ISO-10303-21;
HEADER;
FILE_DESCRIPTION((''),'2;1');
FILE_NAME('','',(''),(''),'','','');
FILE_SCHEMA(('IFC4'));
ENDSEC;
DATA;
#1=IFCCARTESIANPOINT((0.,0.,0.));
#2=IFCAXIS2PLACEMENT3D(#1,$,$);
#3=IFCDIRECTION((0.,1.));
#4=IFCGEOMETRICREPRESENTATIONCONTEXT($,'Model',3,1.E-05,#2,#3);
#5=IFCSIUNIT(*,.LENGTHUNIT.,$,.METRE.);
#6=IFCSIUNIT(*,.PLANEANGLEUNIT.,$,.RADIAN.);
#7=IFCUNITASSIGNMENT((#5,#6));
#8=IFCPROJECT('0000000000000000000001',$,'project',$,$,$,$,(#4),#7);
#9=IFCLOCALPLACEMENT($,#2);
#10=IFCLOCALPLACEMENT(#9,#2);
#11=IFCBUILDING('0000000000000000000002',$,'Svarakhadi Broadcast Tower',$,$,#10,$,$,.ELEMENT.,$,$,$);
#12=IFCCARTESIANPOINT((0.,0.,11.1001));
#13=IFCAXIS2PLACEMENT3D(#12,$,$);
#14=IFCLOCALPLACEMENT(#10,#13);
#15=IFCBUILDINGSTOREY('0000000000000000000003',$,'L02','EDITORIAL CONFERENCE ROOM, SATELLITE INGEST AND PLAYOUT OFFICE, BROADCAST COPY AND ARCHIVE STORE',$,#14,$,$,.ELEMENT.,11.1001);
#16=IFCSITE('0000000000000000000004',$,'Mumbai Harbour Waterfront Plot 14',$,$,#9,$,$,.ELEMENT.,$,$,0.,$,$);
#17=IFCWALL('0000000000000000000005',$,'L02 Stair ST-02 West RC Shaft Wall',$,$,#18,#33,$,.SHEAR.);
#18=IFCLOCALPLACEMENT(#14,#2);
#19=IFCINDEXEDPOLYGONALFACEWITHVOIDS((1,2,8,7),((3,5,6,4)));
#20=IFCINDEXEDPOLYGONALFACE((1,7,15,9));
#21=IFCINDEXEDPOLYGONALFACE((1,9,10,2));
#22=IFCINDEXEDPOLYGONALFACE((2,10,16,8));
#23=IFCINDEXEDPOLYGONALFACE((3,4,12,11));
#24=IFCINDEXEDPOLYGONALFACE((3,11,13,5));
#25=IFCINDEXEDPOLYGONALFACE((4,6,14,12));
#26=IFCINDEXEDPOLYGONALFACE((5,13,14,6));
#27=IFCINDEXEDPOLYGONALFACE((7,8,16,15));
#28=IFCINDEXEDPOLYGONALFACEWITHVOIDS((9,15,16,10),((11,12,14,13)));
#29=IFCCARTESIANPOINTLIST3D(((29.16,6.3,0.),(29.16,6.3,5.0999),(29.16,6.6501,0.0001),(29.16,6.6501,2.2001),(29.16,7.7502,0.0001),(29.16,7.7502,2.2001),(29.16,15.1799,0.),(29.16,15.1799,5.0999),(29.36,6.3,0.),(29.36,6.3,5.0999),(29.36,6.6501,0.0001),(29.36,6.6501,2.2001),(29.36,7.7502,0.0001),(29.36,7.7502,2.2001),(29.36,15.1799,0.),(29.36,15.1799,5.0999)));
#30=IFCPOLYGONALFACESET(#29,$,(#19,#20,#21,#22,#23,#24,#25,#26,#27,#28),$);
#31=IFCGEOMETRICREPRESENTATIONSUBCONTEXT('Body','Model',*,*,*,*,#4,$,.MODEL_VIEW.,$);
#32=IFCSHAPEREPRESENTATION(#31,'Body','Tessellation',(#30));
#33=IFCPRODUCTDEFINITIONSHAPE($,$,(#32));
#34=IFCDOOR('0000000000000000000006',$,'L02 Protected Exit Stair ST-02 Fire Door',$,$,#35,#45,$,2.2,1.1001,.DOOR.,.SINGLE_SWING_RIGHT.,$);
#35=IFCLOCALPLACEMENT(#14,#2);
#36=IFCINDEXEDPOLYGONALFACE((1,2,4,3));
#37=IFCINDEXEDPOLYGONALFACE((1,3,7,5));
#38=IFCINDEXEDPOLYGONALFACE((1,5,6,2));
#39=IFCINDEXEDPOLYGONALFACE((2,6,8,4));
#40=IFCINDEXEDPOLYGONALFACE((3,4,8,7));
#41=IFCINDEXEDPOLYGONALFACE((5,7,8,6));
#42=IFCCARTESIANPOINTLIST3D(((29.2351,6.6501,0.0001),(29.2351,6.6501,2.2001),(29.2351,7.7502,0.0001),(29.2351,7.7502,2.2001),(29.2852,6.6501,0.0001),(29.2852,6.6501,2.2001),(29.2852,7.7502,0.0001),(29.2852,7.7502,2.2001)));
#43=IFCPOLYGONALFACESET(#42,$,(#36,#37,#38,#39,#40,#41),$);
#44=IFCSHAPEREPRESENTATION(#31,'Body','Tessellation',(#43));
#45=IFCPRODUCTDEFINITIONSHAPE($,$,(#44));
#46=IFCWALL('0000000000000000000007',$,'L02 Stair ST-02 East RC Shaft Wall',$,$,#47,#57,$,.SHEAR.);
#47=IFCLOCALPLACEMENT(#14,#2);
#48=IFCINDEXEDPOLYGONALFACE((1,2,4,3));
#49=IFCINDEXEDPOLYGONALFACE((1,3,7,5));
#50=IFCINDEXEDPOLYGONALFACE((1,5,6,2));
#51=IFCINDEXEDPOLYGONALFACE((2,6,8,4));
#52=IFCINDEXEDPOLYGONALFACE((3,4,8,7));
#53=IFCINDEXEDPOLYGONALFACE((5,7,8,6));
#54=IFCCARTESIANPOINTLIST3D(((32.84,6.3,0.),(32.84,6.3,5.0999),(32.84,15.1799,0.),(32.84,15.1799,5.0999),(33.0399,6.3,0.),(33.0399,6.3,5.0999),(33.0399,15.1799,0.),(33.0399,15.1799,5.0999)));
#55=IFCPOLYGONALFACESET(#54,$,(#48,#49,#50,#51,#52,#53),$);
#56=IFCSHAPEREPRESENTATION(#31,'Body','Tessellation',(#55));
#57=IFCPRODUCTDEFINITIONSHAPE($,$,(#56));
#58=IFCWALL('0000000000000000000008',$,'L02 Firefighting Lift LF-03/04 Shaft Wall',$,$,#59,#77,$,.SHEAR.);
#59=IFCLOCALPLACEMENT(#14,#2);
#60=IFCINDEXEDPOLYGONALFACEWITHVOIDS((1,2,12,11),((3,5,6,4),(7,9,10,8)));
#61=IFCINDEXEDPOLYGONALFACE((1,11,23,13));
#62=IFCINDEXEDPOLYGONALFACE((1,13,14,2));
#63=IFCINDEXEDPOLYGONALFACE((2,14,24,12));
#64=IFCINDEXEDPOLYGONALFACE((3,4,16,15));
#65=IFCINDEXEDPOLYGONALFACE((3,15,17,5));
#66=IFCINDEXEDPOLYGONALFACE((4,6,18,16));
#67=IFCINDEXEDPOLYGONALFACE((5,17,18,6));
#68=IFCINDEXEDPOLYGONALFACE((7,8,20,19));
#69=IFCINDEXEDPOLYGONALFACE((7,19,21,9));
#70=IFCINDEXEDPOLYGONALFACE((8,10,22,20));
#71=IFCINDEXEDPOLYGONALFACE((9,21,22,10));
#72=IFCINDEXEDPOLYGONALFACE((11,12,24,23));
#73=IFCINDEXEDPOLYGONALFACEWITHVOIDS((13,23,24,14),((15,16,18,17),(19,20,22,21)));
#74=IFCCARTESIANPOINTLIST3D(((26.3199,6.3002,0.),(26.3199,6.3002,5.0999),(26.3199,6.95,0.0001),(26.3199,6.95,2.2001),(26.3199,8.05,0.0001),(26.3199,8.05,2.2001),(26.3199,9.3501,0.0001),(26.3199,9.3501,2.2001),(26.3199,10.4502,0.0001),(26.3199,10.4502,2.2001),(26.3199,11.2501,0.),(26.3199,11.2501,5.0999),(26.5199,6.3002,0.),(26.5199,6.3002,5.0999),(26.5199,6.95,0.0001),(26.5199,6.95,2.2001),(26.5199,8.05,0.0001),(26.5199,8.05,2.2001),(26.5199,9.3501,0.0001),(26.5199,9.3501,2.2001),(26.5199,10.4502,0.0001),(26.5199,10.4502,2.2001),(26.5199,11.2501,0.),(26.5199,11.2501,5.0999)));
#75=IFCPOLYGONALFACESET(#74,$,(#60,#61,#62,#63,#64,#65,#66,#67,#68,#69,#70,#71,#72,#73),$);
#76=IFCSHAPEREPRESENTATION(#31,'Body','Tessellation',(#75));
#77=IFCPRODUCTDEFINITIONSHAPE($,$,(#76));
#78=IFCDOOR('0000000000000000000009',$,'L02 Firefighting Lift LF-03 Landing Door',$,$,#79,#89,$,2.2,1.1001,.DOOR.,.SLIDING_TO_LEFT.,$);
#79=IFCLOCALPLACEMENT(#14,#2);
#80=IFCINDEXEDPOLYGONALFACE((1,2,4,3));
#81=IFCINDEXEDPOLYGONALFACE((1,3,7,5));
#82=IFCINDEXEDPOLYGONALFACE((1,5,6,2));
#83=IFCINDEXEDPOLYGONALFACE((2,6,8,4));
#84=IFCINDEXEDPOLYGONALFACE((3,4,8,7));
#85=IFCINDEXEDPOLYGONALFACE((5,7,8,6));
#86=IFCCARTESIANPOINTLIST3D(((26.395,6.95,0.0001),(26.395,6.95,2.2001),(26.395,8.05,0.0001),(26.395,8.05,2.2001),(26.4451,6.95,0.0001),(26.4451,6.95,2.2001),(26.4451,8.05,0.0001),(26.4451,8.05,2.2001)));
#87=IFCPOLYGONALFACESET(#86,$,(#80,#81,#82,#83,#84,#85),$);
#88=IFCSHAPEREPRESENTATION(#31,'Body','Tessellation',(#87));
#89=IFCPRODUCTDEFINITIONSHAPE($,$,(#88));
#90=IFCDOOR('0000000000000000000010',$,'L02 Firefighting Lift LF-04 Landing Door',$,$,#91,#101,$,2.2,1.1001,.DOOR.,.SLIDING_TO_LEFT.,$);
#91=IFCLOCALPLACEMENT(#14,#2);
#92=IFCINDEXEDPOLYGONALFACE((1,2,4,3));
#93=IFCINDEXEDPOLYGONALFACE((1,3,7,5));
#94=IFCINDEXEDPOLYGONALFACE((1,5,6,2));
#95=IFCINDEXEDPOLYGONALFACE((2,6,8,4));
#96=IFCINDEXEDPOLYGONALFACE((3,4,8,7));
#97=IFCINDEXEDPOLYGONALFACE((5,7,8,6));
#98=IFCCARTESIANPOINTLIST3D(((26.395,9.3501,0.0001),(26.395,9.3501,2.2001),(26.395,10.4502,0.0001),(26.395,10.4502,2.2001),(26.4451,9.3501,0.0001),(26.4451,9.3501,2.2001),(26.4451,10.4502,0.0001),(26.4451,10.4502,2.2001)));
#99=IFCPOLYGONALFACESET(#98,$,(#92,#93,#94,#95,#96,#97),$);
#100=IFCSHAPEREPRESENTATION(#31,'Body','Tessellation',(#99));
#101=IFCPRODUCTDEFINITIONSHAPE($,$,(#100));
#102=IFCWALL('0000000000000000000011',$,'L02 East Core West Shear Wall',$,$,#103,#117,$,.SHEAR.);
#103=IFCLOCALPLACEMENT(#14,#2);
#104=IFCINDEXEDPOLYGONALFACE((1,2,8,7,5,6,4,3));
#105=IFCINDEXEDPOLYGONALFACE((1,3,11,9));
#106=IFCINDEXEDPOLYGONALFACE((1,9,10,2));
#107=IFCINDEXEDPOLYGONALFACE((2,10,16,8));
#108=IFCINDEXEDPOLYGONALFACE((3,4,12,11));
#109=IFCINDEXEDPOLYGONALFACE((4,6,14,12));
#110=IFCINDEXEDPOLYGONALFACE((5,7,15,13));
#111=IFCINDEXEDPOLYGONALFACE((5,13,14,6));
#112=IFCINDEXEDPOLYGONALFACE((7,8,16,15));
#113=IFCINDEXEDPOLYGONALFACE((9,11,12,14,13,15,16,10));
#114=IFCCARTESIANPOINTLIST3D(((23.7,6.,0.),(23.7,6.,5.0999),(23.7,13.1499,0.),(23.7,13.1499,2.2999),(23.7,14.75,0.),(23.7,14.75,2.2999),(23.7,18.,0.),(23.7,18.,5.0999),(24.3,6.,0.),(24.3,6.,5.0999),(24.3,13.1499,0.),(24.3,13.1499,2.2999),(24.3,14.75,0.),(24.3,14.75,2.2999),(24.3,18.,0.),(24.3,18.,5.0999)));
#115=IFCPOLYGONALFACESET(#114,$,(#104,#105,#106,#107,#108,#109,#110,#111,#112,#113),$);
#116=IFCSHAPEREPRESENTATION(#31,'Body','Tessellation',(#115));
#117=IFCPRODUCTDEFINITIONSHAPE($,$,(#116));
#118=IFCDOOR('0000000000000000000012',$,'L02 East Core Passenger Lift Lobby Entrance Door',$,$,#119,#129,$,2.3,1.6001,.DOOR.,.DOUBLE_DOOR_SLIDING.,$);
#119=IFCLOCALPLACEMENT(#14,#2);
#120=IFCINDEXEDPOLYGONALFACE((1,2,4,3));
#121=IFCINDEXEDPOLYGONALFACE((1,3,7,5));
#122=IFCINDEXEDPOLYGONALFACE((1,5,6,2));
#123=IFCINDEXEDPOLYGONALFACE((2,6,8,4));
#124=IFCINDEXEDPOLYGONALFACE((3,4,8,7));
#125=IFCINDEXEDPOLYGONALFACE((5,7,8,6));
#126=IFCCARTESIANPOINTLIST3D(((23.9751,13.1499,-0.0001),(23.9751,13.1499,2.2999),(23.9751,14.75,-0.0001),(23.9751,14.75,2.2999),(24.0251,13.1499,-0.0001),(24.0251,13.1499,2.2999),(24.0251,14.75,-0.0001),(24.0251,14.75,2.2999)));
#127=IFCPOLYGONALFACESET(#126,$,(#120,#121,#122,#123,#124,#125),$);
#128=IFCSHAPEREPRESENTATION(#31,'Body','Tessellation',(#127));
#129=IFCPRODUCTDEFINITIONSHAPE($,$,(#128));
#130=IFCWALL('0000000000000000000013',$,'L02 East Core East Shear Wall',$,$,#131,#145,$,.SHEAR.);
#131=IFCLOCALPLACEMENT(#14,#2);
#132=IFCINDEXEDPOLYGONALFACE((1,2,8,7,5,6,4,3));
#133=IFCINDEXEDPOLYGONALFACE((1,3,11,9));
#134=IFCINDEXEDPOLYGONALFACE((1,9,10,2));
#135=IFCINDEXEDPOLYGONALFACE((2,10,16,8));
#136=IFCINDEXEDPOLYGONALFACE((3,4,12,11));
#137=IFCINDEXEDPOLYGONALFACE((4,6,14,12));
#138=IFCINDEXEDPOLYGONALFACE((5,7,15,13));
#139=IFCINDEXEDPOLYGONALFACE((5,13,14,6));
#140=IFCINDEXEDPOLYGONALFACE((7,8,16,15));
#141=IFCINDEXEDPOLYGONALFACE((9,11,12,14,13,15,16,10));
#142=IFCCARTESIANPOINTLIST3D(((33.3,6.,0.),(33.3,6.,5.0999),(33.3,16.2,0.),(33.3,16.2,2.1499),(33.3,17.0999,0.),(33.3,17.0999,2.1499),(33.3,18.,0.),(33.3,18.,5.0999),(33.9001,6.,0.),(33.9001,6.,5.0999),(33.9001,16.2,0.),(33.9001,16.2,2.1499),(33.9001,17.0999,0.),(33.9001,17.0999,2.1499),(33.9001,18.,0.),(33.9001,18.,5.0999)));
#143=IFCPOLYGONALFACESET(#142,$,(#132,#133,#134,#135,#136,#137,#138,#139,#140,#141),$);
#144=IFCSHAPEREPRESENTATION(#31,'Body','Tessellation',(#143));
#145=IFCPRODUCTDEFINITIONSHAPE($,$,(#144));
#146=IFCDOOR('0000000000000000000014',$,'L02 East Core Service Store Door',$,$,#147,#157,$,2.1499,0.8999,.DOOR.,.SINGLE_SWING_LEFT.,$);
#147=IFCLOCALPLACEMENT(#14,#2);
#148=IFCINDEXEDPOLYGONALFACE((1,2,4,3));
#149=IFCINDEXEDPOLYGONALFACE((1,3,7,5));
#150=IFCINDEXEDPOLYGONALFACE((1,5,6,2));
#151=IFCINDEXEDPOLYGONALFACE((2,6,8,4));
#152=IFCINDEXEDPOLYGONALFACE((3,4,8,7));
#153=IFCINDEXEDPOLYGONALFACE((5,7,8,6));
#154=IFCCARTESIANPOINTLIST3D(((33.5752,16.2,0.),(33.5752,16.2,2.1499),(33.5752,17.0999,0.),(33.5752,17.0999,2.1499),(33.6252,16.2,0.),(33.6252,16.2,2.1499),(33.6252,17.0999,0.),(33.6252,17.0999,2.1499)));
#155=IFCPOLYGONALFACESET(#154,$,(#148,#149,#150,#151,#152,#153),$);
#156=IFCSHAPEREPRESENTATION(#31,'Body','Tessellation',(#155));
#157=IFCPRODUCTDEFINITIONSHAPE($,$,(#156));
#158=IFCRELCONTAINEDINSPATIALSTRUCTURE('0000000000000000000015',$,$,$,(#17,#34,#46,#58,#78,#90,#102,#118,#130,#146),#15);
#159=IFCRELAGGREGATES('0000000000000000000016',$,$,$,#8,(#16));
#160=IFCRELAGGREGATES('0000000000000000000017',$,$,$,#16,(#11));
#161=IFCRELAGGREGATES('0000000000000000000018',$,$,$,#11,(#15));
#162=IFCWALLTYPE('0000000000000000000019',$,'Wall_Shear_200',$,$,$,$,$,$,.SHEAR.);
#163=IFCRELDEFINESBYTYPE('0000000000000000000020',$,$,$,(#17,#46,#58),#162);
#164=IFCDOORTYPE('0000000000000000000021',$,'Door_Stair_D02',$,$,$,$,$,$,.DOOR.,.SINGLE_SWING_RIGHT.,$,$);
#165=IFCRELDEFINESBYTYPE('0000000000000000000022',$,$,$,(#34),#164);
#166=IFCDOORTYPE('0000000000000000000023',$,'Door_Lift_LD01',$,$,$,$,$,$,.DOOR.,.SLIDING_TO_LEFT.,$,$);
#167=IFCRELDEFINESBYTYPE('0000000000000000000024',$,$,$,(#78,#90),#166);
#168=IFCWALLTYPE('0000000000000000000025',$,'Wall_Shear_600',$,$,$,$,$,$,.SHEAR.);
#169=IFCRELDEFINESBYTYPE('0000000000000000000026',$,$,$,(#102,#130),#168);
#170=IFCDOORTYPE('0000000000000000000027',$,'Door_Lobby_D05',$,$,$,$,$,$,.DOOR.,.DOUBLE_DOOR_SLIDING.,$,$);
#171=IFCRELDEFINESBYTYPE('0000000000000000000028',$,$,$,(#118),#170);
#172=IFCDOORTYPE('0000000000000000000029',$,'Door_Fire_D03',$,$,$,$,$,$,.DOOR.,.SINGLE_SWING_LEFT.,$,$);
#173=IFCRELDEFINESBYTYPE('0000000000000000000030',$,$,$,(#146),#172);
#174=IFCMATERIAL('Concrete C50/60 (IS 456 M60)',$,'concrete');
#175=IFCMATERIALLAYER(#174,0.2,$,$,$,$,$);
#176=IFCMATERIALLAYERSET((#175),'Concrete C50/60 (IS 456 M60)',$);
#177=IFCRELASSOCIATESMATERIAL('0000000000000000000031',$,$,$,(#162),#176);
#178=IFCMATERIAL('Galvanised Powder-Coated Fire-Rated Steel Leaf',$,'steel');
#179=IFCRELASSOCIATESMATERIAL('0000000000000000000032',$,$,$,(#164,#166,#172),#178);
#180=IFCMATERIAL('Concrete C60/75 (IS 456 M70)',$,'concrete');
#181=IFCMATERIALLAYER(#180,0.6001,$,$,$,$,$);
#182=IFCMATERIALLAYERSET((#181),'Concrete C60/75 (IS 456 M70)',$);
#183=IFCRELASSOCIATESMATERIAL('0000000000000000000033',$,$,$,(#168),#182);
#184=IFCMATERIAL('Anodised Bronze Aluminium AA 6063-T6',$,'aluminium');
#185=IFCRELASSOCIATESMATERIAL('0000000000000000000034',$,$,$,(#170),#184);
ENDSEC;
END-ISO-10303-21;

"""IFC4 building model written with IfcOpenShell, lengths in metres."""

from ifc_helpers import new_model, si_unit, direction, frame, frame_2d, origin, place, context, subcontext, project, spatial, rectangle, extrude, material, layer, layer_set, type_object, element, fill, save


model = new_model("IFC4")

# Units and contexts
model_context = context("Model", 3, precision=1e-05, world=origin(), true_north=direction((0.0, 1.0)))
body_context = subcontext(model_context, "Body", "Model", "MODEL_VIEW")
ifc_project = project(units=[si_unit("LENGTHUNIT", "METRE"), si_unit("PLANEANGLEUNIT", "RADIAN")], contexts=[model_context])

# Site, building, storey
site_placement = place(None, origin())
site = spatial("IfcSite", under=ifc_project, at=site_placement, Name="Mumbai Harbour Waterfront Plot 14", CompositionType="ELEMENT", RefElevation=0.0)
building_placement = place(site_placement, origin())
building = spatial("IfcBuilding", under=site, at=building_placement, Name="Svarakhadi Broadcast Tower", CompositionType="ELEMENT")
storey_placement = place(building_placement, frame((0.0, 0.0, 11.1001)))
storey = spatial("IfcBuildingStorey", under=building, at=storey_placement, Name="L02", Description="EDITORIAL CONFERENCE ROOM, SATELLITE INGEST AND PLAYOUT OFFICE, BROADCAST COPY AND ARCHIVE STORE", CompositionType="ELEMENT", Elevation=11.1001)

# Shared definitions
ifc_material_1 = material(Name="Concrete C60/75 (IS 456 M70)", Category="concrete")

# Shared definitions
ifc_material_2 = material(Name="Anodised Bronze Aluminium AA 6063-T6", Category="aluminium")

# Wall, opening, door
ifc_material_3 = material(Name="Concrete C50/60 (IS 456 M60)", Category="concrete")
ifc_layer_1 = layer(ifc_material_3, 0.2)
ifc_layer_set_1 = layer_set([ifc_layer_1], Name="Concrete C50/60 (IS 456 M60)")
wall_type_1 = type_object("IfcWallType", Name="Wall_Shear_200", PredefinedType="SHEAR", material=ifc_layer_set_1)
wall_1_placement = place(storey_placement, frame((29.26, 6.3, 0.0), z_axis=(0.0, 0.0, 1.0), x_axis=(0.0, 1.0, 0.0)))
wall_1 = element("IfcWall", 1, at=wall_1_placement, inside=storey, type_object=wall_type_1, Name="L02 Stair ST-02 West RC Shaft Wall", PredefinedType="SHEAR", context=body_context, shape_type="SweptSolid", body=[
    extrude(rectangle(XDim=8.8799, YDim=0.2, at=frame_2d((4.4399, 0.0))), origin(), (0.0, 0.0, 1.0), 5.0999),
])
opening_1_placement = place(wall_1_placement, frame((0.3501, 0.0, 0.0)))
opening_1 = element("IfcOpeningElement", 2, at=opening_1_placement, cuts=wall_1, PredefinedType="OPENING", context=body_context, shape_type="SweptSolid", body=[
    extrude(rectangle(XDim=1.1001, YDim=2.2, at=frame_2d((0.55, 1.1001))), frame((0.0, 0.1099, 0.0), z_axis=(0.0, -1.0, 0.0), x_axis=(1.0, 0.0, 0.0)), (0.0, 0.0, 1.0), 0.22),
])
ifc_material_4 = material(Name="Galvanised Powder-Coated Fire-Rated Steel Leaf", Category="steel")
door_type_1 = type_object("IfcDoorType", Name="Door_Stair_D02", OperationType="SINGLE_SWING_RIGHT", PredefinedType="DOOR", material=ifc_material_4)
door_1_placement = place(opening_1_placement, origin())
door_1 = element("IfcDoor", 3, at=door_1_placement, inside=storey, type_object=door_type_1, Name="L02 Protected Exit Stair ST-02 Fire Door", OperationType="SINGLE_SWING_RIGHT", OverallHeight=2.2, OverallWidth=1.1001, PredefinedType="DOOR", context=body_context, shape_type="SweptSolid", body=[
    extrude(rectangle(XDim=1.1001, YDim=2.2, at=frame_2d((0.55, 1.1001))), frame((0.0, 0.0249, 0.0), z_axis=(0.0, -1.0, 0.0), x_axis=(1.0, 0.0, 0.0)), (0.0, 0.0, 1.0), 0.05),
])
fill(opening_1, door_1)

# Wall
wall_2_placement = place(storey_placement, frame((32.9399, 6.3, 0.0), z_axis=(0.0, 0.0, 1.0), x_axis=(0.0, 1.0, 0.0)))
element("IfcWall", 4, at=wall_2_placement, inside=storey, type_object=wall_type_1, Name="L02 Stair ST-02 East RC Shaft Wall", PredefinedType="SHEAR", context=body_context, shape_type="SweptSolid", body=[
    extrude(rectangle(XDim=8.8799, YDim=0.2, at=frame_2d((4.4399, 0.0))), origin(), (0.0, 0.0, 1.0), 5.0999),
])

# Wall, openings, doors
wall_3_placement = place(storey_placement, frame((26.4199, 6.3, 0.0), z_axis=(0.0, 0.0, 1.0), x_axis=(0.0, 1.0, 0.0)))
wall_3 = element("IfcWall", 5, at=wall_3_placement, inside=storey, type_object=wall_type_1, Name="L02 Firefighting Lift LF-03/04 Shaft Wall", PredefinedType="SHEAR", context=body_context, shape_type="SweptSolid", body=[
    extrude(rectangle(XDim=4.95, YDim=0.2, at=frame_2d((2.4751, 0.0))), origin(), (0.0, 0.0, 1.0), 5.0999),
])
opening_2_placement = place(wall_3_placement, frame((0.6499, 0.0, 0.0)))
opening_2 = element("IfcOpeningElement", 6, at=opening_2_placement, cuts=wall_3, PredefinedType="OPENING", context=body_context, shape_type="SweptSolid", body=[
    extrude(rectangle(XDim=1.1001, YDim=2.2, at=frame_2d((0.55, 1.1001))), frame((0.0, 0.1099, 0.0), z_axis=(0.0, -1.0, 0.0), x_axis=(1.0, 0.0, 0.0)), (0.0, 0.0, 1.0), 0.22),
])
opening_3_placement = place(wall_3_placement, frame((3.05, 0.0, 0.0)))
opening_3 = element("IfcOpeningElement", 7, at=opening_3_placement, cuts=wall_3, PredefinedType="OPENING", context=body_context, shape_type="SweptSolid", body=[
    extrude(rectangle(XDim=1.1001, YDim=2.2, at=frame_2d((0.55, 1.1001))), frame((0.0, 0.1099, 0.0), z_axis=(0.0, -1.0, 0.0), x_axis=(1.0, 0.0, 0.0)), (0.0, 0.0, 1.0), 0.22),
])
door_type_2 = type_object("IfcDoorType", Name="Door_Lift_LD01", OperationType="SLIDING_TO_LEFT", PredefinedType="DOOR", material=ifc_material_4)
door_2_placement = place(opening_2_placement, origin())
door_2 = element("IfcDoor", 8, at=door_2_placement, inside=storey, type_object=door_type_2, Name="L02 Firefighting Lift LF-03 Landing Door", OperationType="SLIDING_TO_LEFT", OverallHeight=2.2, OverallWidth=1.1001, PredefinedType="DOOR", context=body_context, shape_type="SweptSolid", body=[
    extrude(rectangle(XDim=1.1001, YDim=2.2, at=frame_2d((0.55, 1.1001))), frame((0.0, 0.0249, 0.0), z_axis=(0.0, -1.0, 0.0), x_axis=(1.0, 0.0, 0.0)), (0.0, 0.0, 1.0), 0.05),
])
fill(opening_2, door_2)
door_3_placement = place(opening_3_placement, origin())
door_3 = element("IfcDoor", 9, at=door_3_placement, inside=storey, type_object=door_type_2, Name="L02 Firefighting Lift LF-04 Landing Door", OperationType="SLIDING_TO_LEFT", OverallHeight=2.2, OverallWidth=1.1001, PredefinedType="DOOR", context=body_context, shape_type="SweptSolid", body=[
    extrude(rectangle(XDim=1.1001, YDim=2.2, at=frame_2d((0.55, 1.1001))), frame((0.0, 0.0249, 0.0), z_axis=(0.0, -1.0, 0.0), x_axis=(1.0, 0.0, 0.0)), (0.0, 0.0, 1.0), 0.05),
])
fill(opening_3, door_3)

# Walls, openings, doors
ifc_layer_2 = layer(ifc_material_1, 0.6001)
ifc_layer_set_2 = layer_set([ifc_layer_2], Name="Concrete C60/75 (IS 456 M70)")
wall_type_2 = type_object("IfcWallType", Name="Wall_Shear_600", PredefinedType="SHEAR", material=ifc_layer_set_2)
wall_4_placement = place(storey_placement, frame((24.0, 6.0, 0.0), z_axis=(0.0, 0.0, 1.0), x_axis=(0.0, 1.0, 0.0)))
wall_4 = element("IfcWall", 10, at=wall_4_placement, inside=storey, type_object=wall_type_2, Name="L02 East Core West Shear Wall", PredefinedType="SHEAR", context=body_context, shape_type="SweptSolid", body=[
    extrude(rectangle(XDim=12.0, YDim=0.6001, at=frame_2d((6.0, 0.0))), origin(), (0.0, 0.0, 1.0), 5.0999),
])
opening_4_placement = place(wall_4_placement, frame((7.1499, 0.0, 0.0)))
opening_4 = element("IfcOpeningElement", 11, at=opening_4_placement, cuts=wall_4, PredefinedType="OPENING", context=body_context, shape_type="SweptSolid", body=[
    extrude(rectangle(XDim=1.6001, YDim=2.3, at=frame_2d((0.8, 1.1499))), frame((0.0, 0.3101, 0.0), z_axis=(0.0, -1.0, 0.0), x_axis=(1.0, 0.0, 0.0)), (0.0, 0.0, 1.0), 0.6201),
])
door_type_3 = type_object("IfcDoorType", Name="Door_Lobby_D05", OperationType="DOUBLE_DOOR_SLIDING", PredefinedType="DOOR", material=ifc_material_2)
door_4_placement = place(opening_4_placement, origin())
door_4 = element("IfcDoor", 12, at=door_4_placement, inside=storey, type_object=door_type_3, Name="L02 East Core Passenger Lift Lobby Entrance Door", OperationType="DOUBLE_DOOR_SLIDING", OverallHeight=2.3, OverallWidth=1.6001, PredefinedType="DOOR", context=body_context, shape_type="SweptSolid", body=[
    extrude(rectangle(XDim=1.6001, YDim=2.3, at=frame_2d((0.8, 1.1499))), frame((0.0, 0.0249, 0.0), z_axis=(0.0, -1.0, 0.0), x_axis=(1.0, 0.0, 0.0)), (0.0, 0.0, 1.0), 0.05),
])
fill(opening_4, door_4)
wall_5_placement = place(storey_placement, frame((33.6001, 6.0, 0.0), z_axis=(0.0, 0.0, 1.0), x_axis=(0.0, 1.0, 0.0)))
wall_5 = element("IfcWall", 13, at=wall_5_placement, inside=storey, type_object=wall_type_2, Name="L02 East Core East Shear Wall", PredefinedType="SHEAR", context=body_context, shape_type="SweptSolid", body=[
    extrude(rectangle(XDim=12.0, YDim=0.6001, at=frame_2d((6.0, 0.0))), origin(), (0.0, 0.0, 1.0), 5.0999),
])
opening_5_placement = place(wall_5_placement, frame((10.2, 0.0, 0.0)))
opening_5 = element("IfcOpeningElement", 14, at=opening_5_placement, cuts=wall_5, PredefinedType="OPENING", context=body_context, shape_type="SweptSolid", body=[
    extrude(rectangle(XDim=0.8999, YDim=2.1499, at=frame_2d((0.45, 1.075))), frame((0.0, 0.3101, 0.0), z_axis=(0.0, -1.0, 0.0), x_axis=(1.0, 0.0, 0.0)), (0.0, 0.0, 1.0), 0.6201),
])
door_type_4 = type_object("IfcDoorType", Name="Door_Fire_D03", OperationType="SINGLE_SWING_LEFT", PredefinedType="DOOR", material=ifc_material_4)
door_5_placement = place(opening_5_placement, origin())
door_5 = element("IfcDoor", 15, at=door_5_placement, inside=storey, type_object=door_type_4, Name="L02 East Core Service Store Door", OperationType="SINGLE_SWING_LEFT", OverallHeight=2.1499, OverallWidth=0.8999, PredefinedType="DOOR", context=body_context, shape_type="SweptSolid", body=[
    extrude(rectangle(XDim=0.8999, YDim=2.1499, at=frame_2d((0.45, 1.075))), frame((0.0, 0.0249, 0.0), z_axis=(0.0, -1.0, 0.0), x_axis=(1.0, 0.0, 0.0)), (0.0, 0.0, 1.0), 0.05),
])
fill(opening_5, door_5)

save(model, "model.ifc")
